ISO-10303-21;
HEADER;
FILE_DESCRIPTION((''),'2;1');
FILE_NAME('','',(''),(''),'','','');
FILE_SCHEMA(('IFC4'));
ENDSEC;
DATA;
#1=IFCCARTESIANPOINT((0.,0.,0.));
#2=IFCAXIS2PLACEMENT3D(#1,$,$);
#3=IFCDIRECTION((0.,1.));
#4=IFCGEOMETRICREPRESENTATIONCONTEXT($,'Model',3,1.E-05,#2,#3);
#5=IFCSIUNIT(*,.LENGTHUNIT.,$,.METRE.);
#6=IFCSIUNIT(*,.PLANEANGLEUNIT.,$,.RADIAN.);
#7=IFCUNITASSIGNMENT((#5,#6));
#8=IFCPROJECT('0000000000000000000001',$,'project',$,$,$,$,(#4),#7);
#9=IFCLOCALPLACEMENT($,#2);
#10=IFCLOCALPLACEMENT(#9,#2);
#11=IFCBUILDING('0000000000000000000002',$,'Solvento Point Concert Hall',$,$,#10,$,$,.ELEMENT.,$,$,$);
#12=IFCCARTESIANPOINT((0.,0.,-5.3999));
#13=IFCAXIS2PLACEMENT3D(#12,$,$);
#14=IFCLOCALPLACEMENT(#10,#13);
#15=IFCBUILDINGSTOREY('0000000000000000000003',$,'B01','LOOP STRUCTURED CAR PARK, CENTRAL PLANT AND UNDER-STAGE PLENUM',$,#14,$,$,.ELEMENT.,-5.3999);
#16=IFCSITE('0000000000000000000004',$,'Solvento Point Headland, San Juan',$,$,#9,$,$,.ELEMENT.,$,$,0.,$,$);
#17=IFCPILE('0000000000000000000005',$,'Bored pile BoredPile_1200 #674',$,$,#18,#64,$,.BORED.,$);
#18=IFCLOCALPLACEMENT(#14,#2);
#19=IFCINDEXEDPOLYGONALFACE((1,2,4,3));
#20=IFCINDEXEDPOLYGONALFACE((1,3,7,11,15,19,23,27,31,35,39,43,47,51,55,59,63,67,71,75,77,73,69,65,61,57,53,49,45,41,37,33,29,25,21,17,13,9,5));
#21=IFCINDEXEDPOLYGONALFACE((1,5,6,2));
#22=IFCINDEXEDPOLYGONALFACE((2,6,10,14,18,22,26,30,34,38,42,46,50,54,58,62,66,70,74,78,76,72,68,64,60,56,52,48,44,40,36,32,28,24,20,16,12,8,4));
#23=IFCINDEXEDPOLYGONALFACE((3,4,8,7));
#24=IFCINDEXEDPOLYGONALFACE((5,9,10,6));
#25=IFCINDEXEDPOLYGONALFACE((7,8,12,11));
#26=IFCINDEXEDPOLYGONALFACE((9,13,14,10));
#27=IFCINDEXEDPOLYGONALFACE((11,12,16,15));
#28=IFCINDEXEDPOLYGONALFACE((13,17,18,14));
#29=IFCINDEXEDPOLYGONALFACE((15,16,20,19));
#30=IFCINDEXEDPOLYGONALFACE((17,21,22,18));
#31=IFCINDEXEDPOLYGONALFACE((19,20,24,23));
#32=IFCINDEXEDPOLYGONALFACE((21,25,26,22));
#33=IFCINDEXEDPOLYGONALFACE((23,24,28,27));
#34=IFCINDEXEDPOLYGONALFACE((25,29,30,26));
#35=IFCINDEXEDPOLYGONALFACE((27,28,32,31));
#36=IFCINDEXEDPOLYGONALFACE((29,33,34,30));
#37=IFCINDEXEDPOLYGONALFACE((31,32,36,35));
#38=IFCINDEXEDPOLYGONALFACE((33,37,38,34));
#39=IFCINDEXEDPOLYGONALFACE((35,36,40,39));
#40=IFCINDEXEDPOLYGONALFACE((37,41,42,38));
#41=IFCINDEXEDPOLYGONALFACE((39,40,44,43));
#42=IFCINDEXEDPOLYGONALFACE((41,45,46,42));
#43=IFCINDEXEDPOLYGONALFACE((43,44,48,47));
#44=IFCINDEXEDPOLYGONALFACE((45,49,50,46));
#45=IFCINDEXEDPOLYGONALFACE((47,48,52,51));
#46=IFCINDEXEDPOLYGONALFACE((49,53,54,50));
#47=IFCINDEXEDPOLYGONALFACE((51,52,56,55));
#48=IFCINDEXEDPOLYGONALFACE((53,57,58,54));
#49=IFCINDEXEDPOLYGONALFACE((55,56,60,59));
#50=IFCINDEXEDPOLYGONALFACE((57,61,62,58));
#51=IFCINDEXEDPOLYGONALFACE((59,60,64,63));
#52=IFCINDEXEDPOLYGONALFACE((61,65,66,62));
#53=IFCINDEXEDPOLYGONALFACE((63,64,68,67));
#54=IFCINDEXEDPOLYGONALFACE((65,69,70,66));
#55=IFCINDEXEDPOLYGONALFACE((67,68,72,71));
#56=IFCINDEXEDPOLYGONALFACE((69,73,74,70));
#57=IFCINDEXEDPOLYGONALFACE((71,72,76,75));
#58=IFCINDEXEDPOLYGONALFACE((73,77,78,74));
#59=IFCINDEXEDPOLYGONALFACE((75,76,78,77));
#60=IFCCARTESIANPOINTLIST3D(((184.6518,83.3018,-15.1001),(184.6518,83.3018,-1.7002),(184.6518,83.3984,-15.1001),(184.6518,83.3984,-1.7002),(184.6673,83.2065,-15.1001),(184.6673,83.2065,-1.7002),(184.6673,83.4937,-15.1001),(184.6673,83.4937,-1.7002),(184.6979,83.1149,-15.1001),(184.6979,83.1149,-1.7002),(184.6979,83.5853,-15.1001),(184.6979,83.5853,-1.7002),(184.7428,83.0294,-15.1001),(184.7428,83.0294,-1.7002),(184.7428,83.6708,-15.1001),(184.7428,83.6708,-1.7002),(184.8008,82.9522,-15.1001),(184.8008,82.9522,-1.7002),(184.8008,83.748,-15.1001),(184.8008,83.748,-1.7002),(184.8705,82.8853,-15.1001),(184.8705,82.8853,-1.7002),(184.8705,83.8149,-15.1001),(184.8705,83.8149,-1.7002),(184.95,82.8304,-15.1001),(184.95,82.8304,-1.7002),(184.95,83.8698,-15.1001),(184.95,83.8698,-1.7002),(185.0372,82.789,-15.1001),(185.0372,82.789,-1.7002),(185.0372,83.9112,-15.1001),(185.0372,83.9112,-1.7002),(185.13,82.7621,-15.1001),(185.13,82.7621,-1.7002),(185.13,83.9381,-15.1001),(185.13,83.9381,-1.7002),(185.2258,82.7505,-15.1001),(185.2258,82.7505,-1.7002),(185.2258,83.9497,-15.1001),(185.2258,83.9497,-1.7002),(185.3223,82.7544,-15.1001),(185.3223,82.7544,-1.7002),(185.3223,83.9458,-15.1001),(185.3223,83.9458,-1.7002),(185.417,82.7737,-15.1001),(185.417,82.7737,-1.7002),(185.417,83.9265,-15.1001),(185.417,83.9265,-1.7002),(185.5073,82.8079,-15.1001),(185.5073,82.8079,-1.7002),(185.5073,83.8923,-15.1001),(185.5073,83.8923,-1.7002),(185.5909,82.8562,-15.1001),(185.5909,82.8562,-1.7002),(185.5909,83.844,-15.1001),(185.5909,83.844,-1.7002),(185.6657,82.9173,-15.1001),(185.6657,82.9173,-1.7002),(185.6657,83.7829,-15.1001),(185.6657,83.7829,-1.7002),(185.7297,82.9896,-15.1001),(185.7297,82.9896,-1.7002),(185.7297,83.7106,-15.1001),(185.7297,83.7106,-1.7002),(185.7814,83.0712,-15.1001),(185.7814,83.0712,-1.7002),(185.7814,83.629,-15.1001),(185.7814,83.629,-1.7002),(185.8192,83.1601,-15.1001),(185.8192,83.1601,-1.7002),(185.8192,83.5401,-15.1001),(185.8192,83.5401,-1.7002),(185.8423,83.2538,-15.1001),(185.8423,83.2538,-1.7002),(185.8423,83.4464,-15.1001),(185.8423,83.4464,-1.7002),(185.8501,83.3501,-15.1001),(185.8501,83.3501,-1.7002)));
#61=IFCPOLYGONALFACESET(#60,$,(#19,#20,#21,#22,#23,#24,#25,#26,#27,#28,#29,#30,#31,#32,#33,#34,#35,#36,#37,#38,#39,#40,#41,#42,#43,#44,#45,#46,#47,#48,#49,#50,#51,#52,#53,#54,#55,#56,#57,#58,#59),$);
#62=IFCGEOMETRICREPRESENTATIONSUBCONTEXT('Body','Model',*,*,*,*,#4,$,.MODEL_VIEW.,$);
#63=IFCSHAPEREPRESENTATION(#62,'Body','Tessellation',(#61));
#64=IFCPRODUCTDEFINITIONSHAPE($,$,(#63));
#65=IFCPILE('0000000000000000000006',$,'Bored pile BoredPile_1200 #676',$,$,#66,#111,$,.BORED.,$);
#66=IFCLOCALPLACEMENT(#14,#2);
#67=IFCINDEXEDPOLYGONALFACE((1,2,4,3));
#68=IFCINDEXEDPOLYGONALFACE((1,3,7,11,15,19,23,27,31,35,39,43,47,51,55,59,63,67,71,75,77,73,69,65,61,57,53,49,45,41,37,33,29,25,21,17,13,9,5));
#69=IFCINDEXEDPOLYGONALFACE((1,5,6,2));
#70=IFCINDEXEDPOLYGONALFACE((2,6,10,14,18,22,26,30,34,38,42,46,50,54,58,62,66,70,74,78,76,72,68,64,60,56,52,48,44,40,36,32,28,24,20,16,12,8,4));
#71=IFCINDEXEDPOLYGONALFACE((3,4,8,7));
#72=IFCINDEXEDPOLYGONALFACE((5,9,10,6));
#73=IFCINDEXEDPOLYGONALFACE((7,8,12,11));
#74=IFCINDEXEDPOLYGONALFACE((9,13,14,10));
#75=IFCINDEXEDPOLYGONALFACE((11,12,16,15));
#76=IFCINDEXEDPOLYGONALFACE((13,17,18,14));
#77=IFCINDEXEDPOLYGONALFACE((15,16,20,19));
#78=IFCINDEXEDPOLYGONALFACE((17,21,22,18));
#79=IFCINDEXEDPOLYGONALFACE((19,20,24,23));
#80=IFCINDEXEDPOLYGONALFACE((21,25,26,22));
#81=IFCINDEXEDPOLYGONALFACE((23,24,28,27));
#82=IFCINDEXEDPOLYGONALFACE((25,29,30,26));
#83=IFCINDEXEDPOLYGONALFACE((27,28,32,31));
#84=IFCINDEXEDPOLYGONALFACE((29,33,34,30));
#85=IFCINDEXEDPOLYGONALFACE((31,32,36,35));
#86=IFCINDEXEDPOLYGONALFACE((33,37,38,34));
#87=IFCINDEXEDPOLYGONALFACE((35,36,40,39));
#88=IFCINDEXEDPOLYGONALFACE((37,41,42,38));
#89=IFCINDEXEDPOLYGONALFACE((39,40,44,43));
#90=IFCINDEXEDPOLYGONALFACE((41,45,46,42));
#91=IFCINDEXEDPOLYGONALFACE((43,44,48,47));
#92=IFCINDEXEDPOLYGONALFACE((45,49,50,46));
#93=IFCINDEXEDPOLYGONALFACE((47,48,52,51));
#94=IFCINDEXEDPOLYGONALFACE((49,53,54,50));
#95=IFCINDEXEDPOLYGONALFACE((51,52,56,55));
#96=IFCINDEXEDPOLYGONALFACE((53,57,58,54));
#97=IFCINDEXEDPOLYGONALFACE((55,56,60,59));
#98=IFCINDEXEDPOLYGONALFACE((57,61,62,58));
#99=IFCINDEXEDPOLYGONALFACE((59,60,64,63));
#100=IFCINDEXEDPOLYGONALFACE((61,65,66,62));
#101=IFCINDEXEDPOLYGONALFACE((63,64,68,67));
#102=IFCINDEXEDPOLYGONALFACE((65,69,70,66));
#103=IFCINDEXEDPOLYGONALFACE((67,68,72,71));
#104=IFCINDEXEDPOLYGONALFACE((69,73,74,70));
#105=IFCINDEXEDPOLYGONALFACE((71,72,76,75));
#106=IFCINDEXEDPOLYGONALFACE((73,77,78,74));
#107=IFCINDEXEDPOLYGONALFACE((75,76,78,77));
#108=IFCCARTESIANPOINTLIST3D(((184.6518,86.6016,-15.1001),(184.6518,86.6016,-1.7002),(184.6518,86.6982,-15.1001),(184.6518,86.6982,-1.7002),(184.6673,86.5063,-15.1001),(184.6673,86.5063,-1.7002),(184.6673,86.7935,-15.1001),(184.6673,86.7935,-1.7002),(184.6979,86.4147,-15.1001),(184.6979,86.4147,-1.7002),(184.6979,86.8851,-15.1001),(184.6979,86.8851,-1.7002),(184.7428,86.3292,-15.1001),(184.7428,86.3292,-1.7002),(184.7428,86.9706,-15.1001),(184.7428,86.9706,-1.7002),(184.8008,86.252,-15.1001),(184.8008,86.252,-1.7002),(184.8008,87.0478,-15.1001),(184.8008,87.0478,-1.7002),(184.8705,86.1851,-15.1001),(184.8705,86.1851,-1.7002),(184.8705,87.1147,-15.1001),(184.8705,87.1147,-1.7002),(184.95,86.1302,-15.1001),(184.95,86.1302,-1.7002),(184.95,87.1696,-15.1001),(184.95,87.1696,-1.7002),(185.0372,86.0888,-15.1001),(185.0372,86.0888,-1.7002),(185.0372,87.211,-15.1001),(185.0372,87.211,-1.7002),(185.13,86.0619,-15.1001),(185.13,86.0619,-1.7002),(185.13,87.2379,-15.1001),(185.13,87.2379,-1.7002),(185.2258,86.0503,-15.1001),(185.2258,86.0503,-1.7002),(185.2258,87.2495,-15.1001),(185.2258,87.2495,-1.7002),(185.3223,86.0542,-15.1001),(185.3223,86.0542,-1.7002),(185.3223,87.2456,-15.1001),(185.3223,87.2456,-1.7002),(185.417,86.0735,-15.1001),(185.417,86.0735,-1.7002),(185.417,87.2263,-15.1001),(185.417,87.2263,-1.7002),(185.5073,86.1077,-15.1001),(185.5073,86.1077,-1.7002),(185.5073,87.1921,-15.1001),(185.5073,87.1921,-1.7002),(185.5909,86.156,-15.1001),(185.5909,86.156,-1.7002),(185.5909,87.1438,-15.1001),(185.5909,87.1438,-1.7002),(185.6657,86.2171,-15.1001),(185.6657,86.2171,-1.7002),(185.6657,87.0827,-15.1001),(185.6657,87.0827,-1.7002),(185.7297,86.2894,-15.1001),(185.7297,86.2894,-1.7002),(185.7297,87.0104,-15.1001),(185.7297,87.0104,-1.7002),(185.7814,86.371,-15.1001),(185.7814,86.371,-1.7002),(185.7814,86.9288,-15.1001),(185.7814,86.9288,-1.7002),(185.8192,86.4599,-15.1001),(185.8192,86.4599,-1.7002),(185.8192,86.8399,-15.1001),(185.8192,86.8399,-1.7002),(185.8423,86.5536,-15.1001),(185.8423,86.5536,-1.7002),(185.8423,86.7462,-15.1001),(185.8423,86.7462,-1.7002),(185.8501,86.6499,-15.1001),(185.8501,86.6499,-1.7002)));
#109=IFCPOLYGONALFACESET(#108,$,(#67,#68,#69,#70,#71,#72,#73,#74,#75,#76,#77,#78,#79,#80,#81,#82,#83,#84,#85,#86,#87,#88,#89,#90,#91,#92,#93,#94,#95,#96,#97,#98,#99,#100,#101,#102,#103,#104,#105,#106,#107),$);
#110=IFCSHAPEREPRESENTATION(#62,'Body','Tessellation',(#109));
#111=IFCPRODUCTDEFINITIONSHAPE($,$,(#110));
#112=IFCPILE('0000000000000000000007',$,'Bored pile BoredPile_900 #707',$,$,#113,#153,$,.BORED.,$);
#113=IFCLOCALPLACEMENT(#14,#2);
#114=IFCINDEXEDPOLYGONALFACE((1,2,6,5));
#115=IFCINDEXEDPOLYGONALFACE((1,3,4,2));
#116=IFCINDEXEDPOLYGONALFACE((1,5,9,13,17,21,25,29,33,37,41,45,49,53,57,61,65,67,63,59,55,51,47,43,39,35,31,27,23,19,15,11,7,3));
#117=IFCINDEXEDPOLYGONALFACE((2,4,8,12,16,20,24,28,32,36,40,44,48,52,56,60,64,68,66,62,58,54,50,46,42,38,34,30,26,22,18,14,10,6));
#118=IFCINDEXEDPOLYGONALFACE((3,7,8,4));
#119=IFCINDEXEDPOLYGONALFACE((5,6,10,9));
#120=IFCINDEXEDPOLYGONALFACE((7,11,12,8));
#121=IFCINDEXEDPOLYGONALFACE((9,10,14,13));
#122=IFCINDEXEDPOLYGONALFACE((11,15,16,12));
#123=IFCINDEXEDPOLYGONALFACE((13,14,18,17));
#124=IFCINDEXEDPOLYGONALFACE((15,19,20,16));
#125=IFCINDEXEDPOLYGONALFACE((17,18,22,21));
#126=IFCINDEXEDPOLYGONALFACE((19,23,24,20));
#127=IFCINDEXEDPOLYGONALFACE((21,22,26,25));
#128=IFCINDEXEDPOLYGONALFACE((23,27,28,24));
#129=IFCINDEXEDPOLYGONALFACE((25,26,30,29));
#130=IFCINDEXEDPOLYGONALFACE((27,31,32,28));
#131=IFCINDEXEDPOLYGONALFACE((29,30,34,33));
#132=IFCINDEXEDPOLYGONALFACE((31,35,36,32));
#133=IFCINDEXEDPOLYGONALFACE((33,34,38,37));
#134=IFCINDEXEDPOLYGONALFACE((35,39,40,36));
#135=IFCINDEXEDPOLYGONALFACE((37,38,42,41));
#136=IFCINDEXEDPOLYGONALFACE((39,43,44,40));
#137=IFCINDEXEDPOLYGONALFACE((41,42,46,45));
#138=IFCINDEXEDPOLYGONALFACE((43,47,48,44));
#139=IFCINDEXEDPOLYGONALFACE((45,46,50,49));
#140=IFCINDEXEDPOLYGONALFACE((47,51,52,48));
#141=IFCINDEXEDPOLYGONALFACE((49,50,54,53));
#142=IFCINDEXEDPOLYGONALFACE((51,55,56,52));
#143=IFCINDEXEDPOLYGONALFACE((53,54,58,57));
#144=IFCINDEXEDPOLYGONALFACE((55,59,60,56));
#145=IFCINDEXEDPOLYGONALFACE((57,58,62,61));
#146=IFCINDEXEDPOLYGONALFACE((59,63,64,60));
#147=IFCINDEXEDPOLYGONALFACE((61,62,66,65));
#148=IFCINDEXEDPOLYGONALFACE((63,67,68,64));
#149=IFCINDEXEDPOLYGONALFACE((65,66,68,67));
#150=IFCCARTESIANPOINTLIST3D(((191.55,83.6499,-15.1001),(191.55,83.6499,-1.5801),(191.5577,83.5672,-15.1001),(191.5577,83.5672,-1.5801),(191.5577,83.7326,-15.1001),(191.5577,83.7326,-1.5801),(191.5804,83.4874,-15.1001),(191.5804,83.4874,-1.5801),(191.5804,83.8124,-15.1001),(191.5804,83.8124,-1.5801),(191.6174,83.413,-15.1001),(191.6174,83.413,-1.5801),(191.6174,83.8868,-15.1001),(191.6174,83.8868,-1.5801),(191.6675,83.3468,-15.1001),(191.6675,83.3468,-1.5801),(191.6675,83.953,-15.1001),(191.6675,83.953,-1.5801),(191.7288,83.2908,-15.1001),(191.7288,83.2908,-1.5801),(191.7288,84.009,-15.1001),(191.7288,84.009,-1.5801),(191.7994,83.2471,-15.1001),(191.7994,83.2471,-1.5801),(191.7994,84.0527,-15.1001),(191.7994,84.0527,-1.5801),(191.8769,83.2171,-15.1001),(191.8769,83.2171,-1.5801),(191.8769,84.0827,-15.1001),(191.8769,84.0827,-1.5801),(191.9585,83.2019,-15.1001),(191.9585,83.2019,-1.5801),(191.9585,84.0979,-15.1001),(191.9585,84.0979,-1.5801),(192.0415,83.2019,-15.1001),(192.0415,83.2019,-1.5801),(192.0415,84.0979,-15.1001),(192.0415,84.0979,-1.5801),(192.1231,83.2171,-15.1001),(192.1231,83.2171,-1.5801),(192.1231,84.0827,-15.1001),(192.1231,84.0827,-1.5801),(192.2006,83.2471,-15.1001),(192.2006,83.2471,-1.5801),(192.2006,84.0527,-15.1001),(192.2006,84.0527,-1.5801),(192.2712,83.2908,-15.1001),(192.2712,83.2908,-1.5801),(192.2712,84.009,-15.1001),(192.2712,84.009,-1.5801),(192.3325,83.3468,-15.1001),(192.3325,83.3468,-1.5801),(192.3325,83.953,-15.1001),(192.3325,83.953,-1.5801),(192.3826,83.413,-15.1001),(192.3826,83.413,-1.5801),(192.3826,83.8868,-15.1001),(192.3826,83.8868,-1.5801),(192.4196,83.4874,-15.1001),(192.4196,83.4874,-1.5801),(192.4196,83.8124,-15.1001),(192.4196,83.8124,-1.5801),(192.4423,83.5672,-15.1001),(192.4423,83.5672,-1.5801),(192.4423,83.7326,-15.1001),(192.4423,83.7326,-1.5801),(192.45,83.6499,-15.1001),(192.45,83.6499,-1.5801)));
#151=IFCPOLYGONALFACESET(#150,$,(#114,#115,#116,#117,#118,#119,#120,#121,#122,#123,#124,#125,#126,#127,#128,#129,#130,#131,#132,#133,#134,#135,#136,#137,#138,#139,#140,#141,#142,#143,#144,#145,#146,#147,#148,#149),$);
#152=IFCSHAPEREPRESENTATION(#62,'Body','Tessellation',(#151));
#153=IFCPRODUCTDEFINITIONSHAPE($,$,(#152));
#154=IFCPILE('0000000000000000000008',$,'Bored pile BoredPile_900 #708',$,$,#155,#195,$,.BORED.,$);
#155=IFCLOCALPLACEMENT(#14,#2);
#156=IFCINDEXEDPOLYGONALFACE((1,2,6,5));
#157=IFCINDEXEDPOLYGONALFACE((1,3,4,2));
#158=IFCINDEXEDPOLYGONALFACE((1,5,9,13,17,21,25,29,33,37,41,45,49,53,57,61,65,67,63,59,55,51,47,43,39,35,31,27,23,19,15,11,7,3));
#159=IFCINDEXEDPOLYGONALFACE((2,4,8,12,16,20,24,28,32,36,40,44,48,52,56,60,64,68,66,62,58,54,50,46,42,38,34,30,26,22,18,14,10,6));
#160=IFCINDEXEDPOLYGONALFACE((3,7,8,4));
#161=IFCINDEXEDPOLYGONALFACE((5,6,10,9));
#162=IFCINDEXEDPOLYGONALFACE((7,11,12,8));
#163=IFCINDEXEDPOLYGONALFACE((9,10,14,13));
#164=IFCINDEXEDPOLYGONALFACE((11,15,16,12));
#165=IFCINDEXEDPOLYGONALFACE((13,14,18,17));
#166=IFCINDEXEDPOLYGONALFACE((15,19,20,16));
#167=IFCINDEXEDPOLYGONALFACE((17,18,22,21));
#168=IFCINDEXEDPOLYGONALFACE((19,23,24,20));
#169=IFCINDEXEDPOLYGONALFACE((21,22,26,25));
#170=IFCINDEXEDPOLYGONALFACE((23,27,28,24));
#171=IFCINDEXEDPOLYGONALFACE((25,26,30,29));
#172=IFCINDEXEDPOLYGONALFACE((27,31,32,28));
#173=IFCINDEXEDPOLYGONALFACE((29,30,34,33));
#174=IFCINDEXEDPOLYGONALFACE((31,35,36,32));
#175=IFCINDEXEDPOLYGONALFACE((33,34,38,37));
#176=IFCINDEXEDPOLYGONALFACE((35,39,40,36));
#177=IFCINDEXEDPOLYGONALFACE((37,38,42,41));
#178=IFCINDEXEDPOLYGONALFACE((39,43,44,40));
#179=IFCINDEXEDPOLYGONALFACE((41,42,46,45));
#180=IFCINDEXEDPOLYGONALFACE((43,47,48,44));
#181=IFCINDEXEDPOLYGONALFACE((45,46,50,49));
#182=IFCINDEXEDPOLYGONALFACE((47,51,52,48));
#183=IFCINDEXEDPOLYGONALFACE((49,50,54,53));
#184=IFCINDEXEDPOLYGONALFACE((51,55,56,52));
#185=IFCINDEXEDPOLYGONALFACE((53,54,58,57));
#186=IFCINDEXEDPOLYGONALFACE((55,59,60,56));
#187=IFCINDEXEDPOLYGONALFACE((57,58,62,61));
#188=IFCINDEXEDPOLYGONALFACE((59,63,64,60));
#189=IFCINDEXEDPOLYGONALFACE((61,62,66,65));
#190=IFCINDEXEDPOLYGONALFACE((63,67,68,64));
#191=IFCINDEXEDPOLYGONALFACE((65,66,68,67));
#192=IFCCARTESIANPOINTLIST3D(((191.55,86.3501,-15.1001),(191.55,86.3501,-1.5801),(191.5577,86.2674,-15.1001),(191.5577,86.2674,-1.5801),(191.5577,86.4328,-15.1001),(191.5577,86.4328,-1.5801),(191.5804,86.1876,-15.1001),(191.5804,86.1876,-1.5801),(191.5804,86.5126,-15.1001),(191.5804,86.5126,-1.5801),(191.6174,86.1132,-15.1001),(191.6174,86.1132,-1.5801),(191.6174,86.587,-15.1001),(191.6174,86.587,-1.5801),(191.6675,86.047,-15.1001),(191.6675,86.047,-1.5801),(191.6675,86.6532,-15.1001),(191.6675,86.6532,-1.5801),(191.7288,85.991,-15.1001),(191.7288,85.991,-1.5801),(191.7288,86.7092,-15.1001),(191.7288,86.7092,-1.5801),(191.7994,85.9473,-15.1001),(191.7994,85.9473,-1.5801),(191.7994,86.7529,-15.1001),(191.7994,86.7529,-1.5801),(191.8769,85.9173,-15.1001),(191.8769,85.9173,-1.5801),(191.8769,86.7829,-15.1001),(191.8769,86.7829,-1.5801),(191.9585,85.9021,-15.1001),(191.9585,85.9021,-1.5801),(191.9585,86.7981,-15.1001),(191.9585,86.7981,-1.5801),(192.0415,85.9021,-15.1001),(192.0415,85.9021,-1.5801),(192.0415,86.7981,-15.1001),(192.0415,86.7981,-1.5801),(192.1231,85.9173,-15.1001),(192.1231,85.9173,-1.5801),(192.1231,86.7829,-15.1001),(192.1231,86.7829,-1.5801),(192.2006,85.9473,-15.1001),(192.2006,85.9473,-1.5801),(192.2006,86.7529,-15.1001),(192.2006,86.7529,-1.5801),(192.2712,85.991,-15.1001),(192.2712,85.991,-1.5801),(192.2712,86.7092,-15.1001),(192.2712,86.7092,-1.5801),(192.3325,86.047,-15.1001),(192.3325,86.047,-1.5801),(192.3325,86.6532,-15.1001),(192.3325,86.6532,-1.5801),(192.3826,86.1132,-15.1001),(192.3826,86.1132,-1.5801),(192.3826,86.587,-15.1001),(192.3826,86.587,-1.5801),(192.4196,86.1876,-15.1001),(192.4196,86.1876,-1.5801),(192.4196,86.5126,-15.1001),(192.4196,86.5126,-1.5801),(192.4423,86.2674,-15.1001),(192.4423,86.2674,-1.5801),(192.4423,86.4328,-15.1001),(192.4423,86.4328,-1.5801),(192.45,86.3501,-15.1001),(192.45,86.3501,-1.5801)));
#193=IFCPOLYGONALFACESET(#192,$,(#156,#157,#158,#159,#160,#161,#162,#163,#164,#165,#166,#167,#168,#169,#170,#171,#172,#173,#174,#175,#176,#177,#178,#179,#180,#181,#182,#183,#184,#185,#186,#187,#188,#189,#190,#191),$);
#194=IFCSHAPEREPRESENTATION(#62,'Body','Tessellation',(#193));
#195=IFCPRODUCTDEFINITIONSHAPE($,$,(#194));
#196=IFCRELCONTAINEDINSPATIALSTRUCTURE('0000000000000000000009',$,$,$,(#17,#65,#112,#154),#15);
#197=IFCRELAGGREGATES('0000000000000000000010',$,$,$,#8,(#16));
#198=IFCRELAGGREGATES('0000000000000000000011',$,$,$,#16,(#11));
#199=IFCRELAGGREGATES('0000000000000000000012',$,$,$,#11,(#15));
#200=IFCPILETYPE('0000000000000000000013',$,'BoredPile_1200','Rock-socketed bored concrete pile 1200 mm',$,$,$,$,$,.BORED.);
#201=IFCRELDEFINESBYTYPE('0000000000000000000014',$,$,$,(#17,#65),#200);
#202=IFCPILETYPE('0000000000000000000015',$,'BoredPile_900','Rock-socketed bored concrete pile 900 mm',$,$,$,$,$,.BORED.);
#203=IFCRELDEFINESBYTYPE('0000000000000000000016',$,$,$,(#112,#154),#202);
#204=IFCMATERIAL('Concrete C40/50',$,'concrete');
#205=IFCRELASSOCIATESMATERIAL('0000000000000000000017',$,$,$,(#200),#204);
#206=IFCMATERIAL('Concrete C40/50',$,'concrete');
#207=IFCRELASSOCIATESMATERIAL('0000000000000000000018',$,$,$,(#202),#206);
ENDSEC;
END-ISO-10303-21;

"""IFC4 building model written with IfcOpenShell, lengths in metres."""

from ifc_helpers import new_model, si_unit, direction, frame, origin, origin_2d, place, context, subcontext, project, spatial, circle, extrude, material, material_profile, profile_set, type_object, element, save


model = new_model("IFC4")

# Units and contexts
model_context = context("Model", 3, precision=1e-05, world=origin(), true_north=direction((0.0, 1.0)))
body_context = subcontext(model_context, "Body", "Model", "MODEL_VIEW")
ifc_project = project(units=[si_unit("LENGTHUNIT", "METRE"), si_unit("PLANEANGLEUNIT", "RADIAN")], contexts=[model_context])

# Site, building, storey
site_placement = place(None, origin())
site = spatial("IfcSite", under=ifc_project, at=site_placement, Name="Solvento Point Headland, San Juan", CompositionType="ELEMENT", RefElevation=0.0)
building_placement = place(site_placement, origin())
building = spatial("IfcBuilding", under=site, at=building_placement, Name="Solvento Point Concert Hall", CompositionType="ELEMENT")
storey_placement = place(building_placement, frame((0.0, 0.0, -5.3999)))
storey = spatial("IfcBuildingStorey", under=building, at=storey_placement, Name="B01", Description="LOOP STRUCTURED CAR PARK, CENTRAL PLANT AND UNDER-STAGE PLENUM", CompositionType="ELEMENT", Elevation=-5.3999)

# Piles
ifc_material_1 = material(Name="Concrete C40/50", Category="concrete")
ifc_material_profile_1 = material_profile(ifc_material_1, circle(Radius=0.6001, at=origin_2d()), Name="BP-1200")
ifc_profile_set_1 = profile_set([ifc_material_profile_1], Name="Concrete C40/50")
pile_type_1 = type_object("IfcPileType", Name="BoredPile_1200", Description="Rock-socketed bored concrete pile 1200 mm", PredefinedType="BORED", material=ifc_profile_set_1)
for number, where, z_axis, x_axis, name in (
    (1, (185.25, 83.3501, -1.7002), (0.0, 0.0, -1.0), (1.0, 0.0, 0.0), "Bored pile BoredPile_1200 #674"),
    (2, (185.25, 86.6499, -1.7002), (0.0, 0.0, -1.0), (1.0, 0.0, 0.0), "Bored pile BoredPile_1200 #676"),
):
    element("IfcPile", number, at=place(storey_placement, frame(where, z_axis=z_axis, x_axis=x_axis)), inside=storey, type_object=pile_type_1, Name=name, PredefinedType="BORED", context=body_context, shape_type="SweptSolid", body=[
        extrude(circle(Radius=0.6001, at=origin_2d()), origin(), (0.0, 0.0, 1.0), 13.3999),
    ])
ifc_material_2 = material(Name="Concrete C40/50", Category="concrete")
ifc_material_profile_2 = material_profile(ifc_material_2, circle(Radius=0.45, at=origin_2d()), Name="BP-900")
ifc_profile_set_2 = profile_set([ifc_material_profile_2], Name="Concrete C40/50")
pile_type_2 = type_object("IfcPileType", Name="BoredPile_900", Description="Rock-socketed bored concrete pile 900 mm", PredefinedType="BORED", material=ifc_profile_set_2)
for number, where, z_axis, x_axis, name in (
    (3, (192.0, 83.6499, -1.5801), (0.0, 0.0, -1.0), (1.0, 0.0, 0.0), "Bored pile BoredPile_900 #707"),
    (4, (192.0, 86.3501, -1.5801), (0.0, 0.0, -1.0), (1.0, 0.0, 0.0), "Bored pile BoredPile_900 #708"),
):
    element("IfcPile", number, at=place(storey_placement, frame(where, z_axis=z_axis, x_axis=x_axis)), inside=storey, type_object=pile_type_2, Name=name, PredefinedType="BORED", context=body_context, shape_type="SweptSolid", body=[
        extrude(circle(Radius=0.45, at=origin_2d()), origin(), (0.0, 0.0, 1.0), 13.52),
    ])

save(model, "model.ifc")
